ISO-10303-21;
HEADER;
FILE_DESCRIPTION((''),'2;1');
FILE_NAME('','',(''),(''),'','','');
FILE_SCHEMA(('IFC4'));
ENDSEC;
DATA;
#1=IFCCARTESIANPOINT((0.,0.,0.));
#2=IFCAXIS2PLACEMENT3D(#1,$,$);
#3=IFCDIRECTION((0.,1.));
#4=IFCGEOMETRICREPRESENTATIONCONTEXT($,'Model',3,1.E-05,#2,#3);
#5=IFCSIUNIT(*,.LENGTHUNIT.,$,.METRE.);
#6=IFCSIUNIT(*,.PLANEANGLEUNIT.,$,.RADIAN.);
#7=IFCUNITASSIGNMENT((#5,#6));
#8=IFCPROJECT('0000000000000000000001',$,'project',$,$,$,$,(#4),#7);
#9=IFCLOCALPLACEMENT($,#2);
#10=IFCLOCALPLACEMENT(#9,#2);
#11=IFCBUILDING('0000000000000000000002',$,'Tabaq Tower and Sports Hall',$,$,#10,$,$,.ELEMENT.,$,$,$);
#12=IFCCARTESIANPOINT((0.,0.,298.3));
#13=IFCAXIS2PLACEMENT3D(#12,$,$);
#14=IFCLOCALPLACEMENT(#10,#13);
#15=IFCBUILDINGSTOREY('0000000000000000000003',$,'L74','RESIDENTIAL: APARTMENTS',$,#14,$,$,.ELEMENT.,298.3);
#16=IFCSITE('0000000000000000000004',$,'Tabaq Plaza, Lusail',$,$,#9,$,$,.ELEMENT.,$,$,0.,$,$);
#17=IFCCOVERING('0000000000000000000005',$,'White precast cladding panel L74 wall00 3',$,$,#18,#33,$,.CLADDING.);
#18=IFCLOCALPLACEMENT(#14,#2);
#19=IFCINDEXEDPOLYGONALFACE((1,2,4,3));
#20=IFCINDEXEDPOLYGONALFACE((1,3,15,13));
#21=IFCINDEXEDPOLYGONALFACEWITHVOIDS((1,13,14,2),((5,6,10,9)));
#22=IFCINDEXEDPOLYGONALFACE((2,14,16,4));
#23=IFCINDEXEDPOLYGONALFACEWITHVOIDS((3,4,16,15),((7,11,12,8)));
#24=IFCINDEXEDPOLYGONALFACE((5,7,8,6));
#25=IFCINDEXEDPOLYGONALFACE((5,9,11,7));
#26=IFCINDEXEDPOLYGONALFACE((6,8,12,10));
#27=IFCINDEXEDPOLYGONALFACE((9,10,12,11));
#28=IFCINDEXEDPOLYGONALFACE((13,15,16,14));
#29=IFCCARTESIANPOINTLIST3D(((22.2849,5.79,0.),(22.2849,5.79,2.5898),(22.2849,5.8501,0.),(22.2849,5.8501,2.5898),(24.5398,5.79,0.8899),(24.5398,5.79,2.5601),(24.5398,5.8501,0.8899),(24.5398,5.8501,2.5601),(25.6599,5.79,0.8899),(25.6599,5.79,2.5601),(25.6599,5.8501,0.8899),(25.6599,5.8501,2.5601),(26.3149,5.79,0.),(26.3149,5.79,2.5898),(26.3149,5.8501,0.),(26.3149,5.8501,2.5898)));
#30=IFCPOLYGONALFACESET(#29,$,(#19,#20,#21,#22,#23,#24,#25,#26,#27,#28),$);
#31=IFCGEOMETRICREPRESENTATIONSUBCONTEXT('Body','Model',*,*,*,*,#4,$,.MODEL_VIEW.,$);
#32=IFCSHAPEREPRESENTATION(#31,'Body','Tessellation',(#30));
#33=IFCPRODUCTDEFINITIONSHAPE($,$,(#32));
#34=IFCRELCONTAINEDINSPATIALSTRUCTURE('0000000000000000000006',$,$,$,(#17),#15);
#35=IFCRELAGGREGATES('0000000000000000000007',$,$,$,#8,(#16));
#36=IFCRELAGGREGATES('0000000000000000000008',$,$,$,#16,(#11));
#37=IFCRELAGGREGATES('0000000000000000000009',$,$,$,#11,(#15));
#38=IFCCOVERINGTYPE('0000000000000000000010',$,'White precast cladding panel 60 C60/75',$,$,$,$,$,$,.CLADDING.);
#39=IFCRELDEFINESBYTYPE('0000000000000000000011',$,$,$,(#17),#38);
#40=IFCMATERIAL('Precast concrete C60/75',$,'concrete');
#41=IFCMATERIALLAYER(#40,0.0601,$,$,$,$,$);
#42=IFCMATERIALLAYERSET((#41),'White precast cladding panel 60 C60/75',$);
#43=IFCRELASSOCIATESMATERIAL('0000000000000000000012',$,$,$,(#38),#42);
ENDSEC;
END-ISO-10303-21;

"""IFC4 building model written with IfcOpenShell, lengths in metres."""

from ifc_helpers import new_model, si_unit, direction, frame, origin, place, context, subcontext, project, spatial, polyline, outline, extrude, material, layer, layer_set, type_object, element, save


model = new_model("IFC4")

# Units and contexts
model_context = context("Model", 3, precision=1e-05, world=origin(), true_north=direction((0.0, 1.0)))
body_context = subcontext(model_context, "Body", "Model", "MODEL_VIEW")
ifc_project = project(units=[si_unit("LENGTHUNIT", "METRE"), si_unit("PLANEANGLEUNIT", "RADIAN")], contexts=[model_context])

# Site, building, storey
site_placement = place(None, origin())
site = spatial("IfcSite", under=ifc_project, at=site_placement, Name="Tabaq Plaza, Lusail", CompositionType="ELEMENT", RefElevation=0.0)
building_placement = place(site_placement, origin())
building = spatial("IfcBuilding", under=site, at=building_placement, Name="Tabaq Tower and Sports Hall", CompositionType="ELEMENT")
storey_placement = place(building_placement, frame((0.0, 0.0, 298.3)))
storey = spatial("IfcBuildingStorey", under=building, at=storey_placement, Name="L74", Description="RESIDENTIAL: APARTMENTS", CompositionType="ELEMENT", Elevation=298.3)

# Covering
ifc_material_1 = material(Name="Precast concrete C60/75", Category="concrete")
ifc_layer_1 = layer(ifc_material_1, 0.0601)
ifc_layer_set_1 = layer_set([ifc_layer_1], Name="White precast cladding panel 60 C60/75")
covering_type = type_object("IfcCoveringType", Name="White precast cladding panel 60 C60/75", PredefinedType="CLADDING", material=ifc_layer_set_1)
covering_1_placement = place(storey_placement, frame((22.2849, 5.8201, 0.0), z_axis=(0.0, 0.0, 1.0), x_axis=(1.0, 0.0, 0.0)))
element("IfcCovering", 1, at=covering_1_placement, inside=storey, type_object=covering_type, Name="White precast cladding panel L74 wall00 3", PredefinedType="CLADDING", context=body_context, shape_type="SweptSolid", body=[
    extrude(outline(polyline([(0.0, 0.0), (4.03, 0.0), (4.03, 2.5898), (0.0, 2.5898), (0.0, 0.0)]), holes=[polyline([(3.375, 0.8899), (2.2549, 0.8899), (2.2549, 2.5601), (3.375, 2.5601), (3.375, 0.8899)])]), frame((0.0, 0.03, 0.0), z_axis=(0.0, -1.0, 0.0), x_axis=(1.0, 0.0, 0.0)), (0.0, 0.0, 1.0), 0.0601),
])

save(model, "model.ifc")
